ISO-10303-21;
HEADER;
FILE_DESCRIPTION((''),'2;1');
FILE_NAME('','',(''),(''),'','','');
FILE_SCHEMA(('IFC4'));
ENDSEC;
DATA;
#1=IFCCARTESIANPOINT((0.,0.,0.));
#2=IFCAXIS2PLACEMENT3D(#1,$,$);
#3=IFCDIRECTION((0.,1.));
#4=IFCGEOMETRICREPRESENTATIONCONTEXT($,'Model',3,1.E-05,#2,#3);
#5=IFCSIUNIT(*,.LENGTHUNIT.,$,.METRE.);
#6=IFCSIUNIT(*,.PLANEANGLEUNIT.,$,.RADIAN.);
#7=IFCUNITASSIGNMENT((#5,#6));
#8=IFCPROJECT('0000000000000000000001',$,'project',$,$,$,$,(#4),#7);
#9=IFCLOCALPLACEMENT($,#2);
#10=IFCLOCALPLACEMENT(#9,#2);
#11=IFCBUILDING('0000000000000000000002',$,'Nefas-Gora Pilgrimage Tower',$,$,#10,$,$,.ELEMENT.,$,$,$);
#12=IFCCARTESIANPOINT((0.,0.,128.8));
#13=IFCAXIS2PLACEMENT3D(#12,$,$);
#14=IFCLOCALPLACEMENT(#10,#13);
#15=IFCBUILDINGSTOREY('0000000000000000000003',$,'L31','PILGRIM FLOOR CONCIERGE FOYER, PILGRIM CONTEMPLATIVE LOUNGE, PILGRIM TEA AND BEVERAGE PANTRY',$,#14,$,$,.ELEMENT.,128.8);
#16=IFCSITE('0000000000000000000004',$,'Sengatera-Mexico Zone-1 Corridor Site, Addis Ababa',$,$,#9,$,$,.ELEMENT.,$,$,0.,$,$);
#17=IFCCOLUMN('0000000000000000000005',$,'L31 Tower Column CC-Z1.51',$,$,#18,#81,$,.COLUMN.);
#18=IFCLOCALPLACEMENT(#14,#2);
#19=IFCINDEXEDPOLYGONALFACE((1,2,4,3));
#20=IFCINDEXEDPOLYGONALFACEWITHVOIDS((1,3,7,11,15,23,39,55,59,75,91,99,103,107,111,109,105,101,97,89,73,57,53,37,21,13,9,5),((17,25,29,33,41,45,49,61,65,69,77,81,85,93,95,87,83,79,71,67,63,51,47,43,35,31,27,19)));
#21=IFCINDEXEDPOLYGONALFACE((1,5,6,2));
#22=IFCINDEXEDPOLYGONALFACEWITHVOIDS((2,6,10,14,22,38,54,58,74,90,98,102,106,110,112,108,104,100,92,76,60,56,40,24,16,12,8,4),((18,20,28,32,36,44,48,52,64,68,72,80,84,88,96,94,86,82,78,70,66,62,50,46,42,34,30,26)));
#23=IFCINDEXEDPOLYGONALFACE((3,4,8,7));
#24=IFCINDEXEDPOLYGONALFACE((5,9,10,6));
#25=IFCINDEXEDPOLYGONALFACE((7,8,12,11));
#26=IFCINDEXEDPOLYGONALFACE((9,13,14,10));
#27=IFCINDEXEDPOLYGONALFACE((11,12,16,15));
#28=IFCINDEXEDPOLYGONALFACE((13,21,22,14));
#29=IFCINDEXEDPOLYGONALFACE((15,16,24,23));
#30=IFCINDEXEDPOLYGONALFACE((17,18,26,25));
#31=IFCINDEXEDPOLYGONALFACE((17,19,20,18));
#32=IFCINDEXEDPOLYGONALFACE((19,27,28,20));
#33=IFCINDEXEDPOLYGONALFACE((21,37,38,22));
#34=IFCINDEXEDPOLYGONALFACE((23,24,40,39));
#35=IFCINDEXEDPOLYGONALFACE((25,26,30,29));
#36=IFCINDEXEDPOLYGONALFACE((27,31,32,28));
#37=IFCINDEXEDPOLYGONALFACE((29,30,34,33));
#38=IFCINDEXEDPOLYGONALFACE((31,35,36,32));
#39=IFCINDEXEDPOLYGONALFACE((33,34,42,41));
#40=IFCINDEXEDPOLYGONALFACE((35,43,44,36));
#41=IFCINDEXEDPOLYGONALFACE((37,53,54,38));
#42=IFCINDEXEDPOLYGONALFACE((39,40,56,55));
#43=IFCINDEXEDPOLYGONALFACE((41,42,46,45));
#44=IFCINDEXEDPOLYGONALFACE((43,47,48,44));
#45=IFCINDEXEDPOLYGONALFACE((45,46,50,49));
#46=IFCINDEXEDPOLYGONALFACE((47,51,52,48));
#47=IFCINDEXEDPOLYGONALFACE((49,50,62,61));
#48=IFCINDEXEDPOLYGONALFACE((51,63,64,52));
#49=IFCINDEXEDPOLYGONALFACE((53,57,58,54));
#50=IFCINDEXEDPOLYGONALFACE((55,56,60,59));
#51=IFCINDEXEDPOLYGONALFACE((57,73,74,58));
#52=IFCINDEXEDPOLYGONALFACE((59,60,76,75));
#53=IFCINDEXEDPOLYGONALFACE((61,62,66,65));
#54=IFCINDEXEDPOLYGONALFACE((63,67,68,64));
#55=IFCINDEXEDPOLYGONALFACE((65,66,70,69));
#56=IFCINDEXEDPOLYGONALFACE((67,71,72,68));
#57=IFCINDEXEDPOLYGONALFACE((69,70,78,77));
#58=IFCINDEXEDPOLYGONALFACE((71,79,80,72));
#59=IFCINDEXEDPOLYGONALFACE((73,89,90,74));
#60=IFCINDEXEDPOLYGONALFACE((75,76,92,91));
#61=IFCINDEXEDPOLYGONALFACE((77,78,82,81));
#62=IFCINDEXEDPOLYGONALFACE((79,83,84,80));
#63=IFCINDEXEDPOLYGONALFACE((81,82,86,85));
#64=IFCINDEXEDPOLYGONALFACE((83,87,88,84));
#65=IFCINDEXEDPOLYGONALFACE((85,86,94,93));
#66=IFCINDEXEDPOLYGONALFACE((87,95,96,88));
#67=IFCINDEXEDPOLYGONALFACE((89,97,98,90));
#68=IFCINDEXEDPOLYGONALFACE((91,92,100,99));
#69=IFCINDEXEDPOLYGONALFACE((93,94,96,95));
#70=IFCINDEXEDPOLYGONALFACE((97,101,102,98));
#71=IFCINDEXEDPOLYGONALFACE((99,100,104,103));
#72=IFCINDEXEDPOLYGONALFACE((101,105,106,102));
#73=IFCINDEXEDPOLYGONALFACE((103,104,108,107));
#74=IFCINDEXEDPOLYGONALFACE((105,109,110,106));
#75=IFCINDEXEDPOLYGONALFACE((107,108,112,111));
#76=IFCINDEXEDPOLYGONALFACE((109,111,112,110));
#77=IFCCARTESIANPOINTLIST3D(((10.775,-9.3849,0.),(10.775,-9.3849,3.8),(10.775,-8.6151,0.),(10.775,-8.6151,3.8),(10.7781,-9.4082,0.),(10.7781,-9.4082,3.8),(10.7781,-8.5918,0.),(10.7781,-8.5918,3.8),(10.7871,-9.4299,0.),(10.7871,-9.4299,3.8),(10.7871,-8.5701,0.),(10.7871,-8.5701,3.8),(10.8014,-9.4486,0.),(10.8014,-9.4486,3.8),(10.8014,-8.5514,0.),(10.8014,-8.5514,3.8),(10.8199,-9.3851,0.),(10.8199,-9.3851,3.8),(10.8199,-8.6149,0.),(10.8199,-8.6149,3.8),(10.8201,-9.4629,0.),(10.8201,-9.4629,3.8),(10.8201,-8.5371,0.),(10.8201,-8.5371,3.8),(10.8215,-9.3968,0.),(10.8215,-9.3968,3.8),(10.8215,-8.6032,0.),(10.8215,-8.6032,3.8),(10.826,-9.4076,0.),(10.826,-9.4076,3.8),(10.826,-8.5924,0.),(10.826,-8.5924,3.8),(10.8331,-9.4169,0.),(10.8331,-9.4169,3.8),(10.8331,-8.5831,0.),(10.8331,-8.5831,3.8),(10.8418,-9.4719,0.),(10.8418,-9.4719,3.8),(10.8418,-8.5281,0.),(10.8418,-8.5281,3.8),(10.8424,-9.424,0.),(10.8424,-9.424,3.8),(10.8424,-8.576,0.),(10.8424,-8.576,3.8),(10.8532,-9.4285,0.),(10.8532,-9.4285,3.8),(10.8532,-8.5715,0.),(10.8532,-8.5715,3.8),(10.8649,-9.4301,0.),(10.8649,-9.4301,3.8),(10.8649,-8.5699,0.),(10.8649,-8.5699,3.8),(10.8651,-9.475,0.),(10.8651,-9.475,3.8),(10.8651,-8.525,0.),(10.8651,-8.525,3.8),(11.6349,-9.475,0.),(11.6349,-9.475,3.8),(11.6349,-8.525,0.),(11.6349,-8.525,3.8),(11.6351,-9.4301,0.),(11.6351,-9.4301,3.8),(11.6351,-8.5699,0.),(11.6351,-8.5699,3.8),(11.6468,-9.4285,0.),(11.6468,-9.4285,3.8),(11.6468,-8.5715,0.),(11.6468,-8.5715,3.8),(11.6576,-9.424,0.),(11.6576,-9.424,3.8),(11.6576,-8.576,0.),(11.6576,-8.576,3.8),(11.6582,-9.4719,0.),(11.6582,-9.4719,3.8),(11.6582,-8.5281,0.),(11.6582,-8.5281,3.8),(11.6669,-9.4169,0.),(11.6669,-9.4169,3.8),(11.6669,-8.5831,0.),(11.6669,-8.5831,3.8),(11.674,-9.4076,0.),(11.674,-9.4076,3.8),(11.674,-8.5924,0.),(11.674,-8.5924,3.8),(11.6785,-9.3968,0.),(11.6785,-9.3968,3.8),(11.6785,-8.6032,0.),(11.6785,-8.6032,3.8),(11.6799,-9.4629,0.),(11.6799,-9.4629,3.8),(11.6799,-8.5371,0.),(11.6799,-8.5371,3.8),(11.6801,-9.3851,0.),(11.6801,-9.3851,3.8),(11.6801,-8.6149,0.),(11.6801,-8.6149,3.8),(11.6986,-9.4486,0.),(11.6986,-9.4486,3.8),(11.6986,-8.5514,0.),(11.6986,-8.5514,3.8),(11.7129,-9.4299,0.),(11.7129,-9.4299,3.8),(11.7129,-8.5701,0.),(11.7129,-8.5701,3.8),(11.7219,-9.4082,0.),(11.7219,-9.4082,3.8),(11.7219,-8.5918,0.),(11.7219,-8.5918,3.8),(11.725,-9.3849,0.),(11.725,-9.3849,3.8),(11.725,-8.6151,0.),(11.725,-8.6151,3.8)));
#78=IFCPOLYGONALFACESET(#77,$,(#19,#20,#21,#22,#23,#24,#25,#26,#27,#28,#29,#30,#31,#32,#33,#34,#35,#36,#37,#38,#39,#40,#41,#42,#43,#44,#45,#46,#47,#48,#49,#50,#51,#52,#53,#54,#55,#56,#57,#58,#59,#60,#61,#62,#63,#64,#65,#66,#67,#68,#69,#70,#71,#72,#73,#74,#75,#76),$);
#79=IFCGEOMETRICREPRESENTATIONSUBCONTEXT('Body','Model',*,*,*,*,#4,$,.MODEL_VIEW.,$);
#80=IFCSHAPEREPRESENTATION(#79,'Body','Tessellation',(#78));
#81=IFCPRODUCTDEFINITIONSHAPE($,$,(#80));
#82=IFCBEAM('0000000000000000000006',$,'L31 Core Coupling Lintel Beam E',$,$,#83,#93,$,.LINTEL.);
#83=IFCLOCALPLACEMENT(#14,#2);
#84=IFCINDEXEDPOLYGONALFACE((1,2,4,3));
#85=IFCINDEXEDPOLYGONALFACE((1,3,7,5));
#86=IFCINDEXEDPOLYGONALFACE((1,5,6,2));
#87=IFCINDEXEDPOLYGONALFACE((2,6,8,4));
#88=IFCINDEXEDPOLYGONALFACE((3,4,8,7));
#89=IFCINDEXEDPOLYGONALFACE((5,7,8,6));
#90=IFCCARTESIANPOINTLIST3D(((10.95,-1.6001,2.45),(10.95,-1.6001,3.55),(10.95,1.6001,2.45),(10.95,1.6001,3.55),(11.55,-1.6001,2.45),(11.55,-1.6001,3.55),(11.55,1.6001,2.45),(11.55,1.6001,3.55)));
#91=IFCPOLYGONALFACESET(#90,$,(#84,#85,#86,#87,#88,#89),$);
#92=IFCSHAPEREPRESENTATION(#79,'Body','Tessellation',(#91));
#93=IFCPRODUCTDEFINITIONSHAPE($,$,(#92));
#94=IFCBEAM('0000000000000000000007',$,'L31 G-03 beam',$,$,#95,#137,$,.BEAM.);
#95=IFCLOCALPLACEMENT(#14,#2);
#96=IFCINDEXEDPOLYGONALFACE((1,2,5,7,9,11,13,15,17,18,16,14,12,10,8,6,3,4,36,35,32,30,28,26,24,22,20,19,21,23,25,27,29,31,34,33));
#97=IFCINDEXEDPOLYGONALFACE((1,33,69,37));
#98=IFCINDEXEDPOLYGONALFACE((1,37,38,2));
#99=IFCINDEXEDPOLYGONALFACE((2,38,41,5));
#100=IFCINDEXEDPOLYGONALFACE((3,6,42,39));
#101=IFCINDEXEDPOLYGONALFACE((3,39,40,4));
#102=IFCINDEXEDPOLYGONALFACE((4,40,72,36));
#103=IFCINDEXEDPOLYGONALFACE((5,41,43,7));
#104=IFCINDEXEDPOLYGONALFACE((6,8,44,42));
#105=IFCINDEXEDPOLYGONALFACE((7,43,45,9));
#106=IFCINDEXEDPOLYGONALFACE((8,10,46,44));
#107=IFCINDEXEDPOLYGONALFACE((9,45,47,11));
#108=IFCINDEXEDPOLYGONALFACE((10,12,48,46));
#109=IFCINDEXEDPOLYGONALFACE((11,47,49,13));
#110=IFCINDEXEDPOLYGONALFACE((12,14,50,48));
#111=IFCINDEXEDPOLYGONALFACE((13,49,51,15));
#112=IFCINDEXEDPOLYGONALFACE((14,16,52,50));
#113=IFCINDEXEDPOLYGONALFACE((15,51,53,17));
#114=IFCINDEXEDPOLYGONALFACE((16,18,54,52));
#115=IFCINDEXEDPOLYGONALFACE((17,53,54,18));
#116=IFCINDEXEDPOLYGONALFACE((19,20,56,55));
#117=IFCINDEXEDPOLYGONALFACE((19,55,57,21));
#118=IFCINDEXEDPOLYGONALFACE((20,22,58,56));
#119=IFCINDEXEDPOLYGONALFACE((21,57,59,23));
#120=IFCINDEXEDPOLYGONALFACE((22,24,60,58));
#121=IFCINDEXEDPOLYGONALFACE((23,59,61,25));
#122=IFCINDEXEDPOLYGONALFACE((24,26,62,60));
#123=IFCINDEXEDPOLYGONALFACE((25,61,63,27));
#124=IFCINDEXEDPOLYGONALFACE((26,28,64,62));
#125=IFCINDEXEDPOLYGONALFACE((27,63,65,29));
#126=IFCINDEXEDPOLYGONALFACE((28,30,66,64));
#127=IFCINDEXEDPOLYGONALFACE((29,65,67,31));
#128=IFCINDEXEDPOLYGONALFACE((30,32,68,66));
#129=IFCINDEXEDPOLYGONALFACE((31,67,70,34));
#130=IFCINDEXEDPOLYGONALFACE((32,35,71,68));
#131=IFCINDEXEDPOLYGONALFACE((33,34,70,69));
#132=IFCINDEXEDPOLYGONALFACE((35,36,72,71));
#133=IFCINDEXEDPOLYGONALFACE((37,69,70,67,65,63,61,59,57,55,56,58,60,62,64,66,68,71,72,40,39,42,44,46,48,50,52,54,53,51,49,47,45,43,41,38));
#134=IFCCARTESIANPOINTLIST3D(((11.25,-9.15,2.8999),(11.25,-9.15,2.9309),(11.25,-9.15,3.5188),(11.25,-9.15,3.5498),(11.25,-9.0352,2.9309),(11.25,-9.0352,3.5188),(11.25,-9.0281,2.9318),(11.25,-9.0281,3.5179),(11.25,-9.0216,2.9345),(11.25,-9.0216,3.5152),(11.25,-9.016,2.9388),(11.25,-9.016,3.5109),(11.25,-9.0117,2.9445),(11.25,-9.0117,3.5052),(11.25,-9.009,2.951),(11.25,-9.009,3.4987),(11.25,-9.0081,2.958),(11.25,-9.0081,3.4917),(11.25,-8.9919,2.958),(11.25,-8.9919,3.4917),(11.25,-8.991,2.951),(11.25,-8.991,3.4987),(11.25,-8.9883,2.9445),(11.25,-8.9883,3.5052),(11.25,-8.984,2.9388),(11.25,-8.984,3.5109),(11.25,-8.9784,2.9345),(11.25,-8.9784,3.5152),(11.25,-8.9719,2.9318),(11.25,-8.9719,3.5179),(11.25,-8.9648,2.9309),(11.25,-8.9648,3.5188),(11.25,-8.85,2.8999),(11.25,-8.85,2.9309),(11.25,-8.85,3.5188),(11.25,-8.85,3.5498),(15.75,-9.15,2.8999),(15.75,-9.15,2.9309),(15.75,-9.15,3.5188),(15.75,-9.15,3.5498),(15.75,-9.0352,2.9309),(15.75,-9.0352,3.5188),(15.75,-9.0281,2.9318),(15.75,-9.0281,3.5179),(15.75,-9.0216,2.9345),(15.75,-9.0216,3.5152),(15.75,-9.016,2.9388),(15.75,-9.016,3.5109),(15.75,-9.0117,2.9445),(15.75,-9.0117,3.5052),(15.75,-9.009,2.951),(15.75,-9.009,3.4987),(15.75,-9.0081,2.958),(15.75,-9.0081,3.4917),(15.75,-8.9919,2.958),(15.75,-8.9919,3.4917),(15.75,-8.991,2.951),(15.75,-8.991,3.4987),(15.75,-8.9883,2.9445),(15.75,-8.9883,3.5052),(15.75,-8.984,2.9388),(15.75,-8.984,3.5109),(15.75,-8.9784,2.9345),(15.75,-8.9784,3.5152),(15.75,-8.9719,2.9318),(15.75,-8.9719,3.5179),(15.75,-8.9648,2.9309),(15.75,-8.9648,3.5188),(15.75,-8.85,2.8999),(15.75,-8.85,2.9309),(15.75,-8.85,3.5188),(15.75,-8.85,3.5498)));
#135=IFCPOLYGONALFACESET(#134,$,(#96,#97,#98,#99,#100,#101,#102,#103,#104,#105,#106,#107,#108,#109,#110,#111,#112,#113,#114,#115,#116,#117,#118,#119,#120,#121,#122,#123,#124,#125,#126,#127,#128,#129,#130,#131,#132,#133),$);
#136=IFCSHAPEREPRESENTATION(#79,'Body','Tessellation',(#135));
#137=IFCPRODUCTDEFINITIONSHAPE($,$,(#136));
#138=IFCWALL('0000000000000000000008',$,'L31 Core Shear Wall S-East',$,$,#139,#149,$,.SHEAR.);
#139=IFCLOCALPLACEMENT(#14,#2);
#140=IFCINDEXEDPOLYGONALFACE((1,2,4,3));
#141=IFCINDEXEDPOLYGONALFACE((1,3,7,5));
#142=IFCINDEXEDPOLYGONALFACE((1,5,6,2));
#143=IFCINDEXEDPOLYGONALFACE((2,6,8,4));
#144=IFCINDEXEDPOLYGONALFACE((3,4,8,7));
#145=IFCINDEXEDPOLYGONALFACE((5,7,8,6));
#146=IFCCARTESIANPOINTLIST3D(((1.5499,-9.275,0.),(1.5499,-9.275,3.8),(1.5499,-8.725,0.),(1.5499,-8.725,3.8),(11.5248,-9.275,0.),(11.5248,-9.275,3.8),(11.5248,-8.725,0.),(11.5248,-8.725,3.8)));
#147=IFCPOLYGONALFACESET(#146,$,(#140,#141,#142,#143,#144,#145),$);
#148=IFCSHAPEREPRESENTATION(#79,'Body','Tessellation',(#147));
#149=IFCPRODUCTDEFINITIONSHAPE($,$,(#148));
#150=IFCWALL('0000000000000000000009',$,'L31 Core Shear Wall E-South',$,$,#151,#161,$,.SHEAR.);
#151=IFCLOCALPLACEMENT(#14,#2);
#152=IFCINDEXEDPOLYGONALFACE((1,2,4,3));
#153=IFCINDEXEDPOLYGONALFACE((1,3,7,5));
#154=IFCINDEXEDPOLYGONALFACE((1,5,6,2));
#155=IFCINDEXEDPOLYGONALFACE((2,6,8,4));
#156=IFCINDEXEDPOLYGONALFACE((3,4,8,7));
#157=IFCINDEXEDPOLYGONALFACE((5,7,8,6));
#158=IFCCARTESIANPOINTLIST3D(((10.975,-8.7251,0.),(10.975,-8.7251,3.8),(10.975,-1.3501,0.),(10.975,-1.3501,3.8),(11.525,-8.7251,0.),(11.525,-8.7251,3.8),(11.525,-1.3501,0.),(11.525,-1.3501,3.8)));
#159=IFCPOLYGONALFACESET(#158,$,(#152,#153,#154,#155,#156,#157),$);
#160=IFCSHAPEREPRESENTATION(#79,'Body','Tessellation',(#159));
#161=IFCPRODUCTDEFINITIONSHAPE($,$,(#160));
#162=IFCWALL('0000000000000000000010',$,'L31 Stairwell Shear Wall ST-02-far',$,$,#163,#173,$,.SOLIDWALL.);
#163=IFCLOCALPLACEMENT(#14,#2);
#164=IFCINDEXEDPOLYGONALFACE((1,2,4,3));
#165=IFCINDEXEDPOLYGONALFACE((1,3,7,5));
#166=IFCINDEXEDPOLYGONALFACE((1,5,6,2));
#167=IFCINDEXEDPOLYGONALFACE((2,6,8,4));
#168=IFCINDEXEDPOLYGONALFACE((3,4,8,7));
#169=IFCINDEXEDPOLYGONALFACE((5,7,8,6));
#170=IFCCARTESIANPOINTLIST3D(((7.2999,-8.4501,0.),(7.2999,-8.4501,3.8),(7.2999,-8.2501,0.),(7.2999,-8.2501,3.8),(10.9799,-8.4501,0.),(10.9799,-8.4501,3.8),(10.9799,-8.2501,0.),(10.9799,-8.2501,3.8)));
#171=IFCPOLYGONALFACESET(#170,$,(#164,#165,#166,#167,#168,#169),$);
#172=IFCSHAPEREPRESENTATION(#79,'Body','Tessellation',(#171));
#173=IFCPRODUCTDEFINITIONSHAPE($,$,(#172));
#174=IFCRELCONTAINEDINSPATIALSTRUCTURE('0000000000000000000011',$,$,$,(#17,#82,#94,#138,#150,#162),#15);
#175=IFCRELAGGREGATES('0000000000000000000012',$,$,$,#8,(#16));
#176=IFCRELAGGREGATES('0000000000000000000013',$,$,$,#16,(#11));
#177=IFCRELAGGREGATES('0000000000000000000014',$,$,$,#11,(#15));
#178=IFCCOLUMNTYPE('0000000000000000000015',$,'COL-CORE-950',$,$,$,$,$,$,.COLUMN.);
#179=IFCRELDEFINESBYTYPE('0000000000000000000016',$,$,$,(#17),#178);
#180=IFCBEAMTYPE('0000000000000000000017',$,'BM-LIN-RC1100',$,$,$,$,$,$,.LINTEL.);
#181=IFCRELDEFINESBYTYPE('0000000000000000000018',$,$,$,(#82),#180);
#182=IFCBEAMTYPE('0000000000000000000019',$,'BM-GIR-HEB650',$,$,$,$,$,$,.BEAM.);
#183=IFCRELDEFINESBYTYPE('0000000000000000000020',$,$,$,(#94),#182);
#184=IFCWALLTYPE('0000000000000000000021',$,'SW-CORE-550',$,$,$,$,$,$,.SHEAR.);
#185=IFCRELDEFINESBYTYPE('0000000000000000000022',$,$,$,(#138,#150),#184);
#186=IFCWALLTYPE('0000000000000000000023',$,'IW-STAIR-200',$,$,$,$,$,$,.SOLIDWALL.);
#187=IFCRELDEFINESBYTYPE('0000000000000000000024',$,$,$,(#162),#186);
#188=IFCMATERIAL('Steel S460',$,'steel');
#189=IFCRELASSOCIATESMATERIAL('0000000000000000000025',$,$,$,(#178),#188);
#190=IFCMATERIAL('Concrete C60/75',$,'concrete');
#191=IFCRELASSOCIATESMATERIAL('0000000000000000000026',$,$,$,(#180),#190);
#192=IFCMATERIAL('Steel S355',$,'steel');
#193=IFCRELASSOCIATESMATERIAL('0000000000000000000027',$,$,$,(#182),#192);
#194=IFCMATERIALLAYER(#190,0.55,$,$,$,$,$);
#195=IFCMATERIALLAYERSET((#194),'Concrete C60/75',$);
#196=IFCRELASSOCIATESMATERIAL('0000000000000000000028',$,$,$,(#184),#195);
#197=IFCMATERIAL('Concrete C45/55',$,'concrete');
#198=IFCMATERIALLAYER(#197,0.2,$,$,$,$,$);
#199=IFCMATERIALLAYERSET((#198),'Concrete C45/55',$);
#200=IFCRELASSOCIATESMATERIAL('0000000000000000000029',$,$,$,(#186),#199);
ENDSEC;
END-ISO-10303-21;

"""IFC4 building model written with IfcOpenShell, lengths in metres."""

from ifc_helpers import new_model, si_unit, direction, frame, frame_2d, origin, origin_2d, place, context, subcontext, project, spatial, rectangle, hollow_rectangle, i_section, extrude, source, transform, mapped, material, layer, layer_set, material_profile, profile_set, type_object, element, save


model = new_model("IFC4")

# Units and contexts
model_context = context("Model", 3, precision=1e-05, world=origin(), true_north=direction((0.0, 1.0)))
body_context = subcontext(model_context, "Body", "Model", "MODEL_VIEW")
ifc_project = project(units=[si_unit("LENGTHUNIT", "METRE"), si_unit("PLANEANGLEUNIT", "RADIAN")], contexts=[model_context])

# Site, building, storey
site_placement = place(None, origin())
site = spatial("IfcSite", under=ifc_project, at=site_placement, Name="Sengatera-Mexico Zone-1 Corridor Site, Addis Ababa", CompositionType="ELEMENT", RefElevation=0.0)
building_placement = place(site_placement, origin())
building = spatial("IfcBuilding", under=site, at=building_placement, Name="Nefas-Gora Pilgrimage Tower", CompositionType="ELEMENT")
storey_placement = place(building_placement, frame((0.0, 0.0, 128.8)))
storey = spatial("IfcBuildingStorey", under=building, at=storey_placement, Name="L31", Description="PILGRIM FLOOR CONCIERGE FOYER, PILGRIM CONTEMPLATIVE LOUNGE, PILGRIM TEA AND BEVERAGE PANTRY", CompositionType="ELEMENT", Elevation=128.8)

# Column
ifc_material_1 = material(Name="Steel S460", Category="steel")
ifc_material_profile_1 = material_profile(ifc_material_1, hollow_rectangle(XDim=0.95, YDim=0.95, WallThickness=0.0449, InnerFilletRadius=0.0449, OuterFilletRadius=0.0901, at=origin_2d()), Name="BOX 950x950x45")
ifc_profile_set_1 = profile_set([ifc_material_profile_1], Name="Steel S460")
column_type = type_object("IfcColumnType", Name="COL-CORE-950", PredefinedType="COLUMN", material=ifc_profile_set_1)
shared_shape_1 = source(origin(), body_context, "Body", "SweptSolid", [
    extrude(hollow_rectangle(XDim=0.95, YDim=0.95, WallThickness=0.0449, InnerFilletRadius=0.0449, OuterFilletRadius=0.0901, at=origin_2d()), origin(), (0.0, 0.0, 1.0), 3.8),
])
column_placement = place(storey_placement, frame((11.25, -9.0, 0.0), z_axis=(0.0, 0.0, 1.0), x_axis=(1.0, 0.0, 0.0)))
element("IfcColumn", 1, at=column_placement, inside=storey, type_object=column_type, Name="L31 Tower Column CC-Z1.51", PredefinedType="COLUMN", context=body_context, shape_type="MappedRepresentation", body=[
    mapped(shared_shape_1, transform((0.0, 0.0, 0.0), x_axis=(1.0, 0.0, 0.0), y_axis=(0.0, 1.0, 0.0), z_axis=(0.0, 0.0, 1.0), scale=1.0)),
])

# Beams
ifc_material_2 = material(Name="Concrete C60/75", Category="concrete")
ifc_material_profile_2 = material_profile(ifc_material_2, rectangle(XDim=0.6001, YDim=1.1001, at=origin_2d()), Name="RC 600x1100")
ifc_profile_set_2 = profile_set([ifc_material_profile_2], Name="Concrete C60/75")
beam_type_1 = type_object("IfcBeamType", Name="BM-LIN-RC1100", PredefinedType="LINTEL", material=ifc_profile_set_2)
shared_shape_2 = source(origin(), body_context, "Body", "SweptSolid", [
    extrude(rectangle(XDim=0.6001, YDim=1.1001, at=origin_2d()), origin(), (0.0, 0.0, 1.0), 3.2002),
])
beam_1_placement = place(storey_placement, frame((11.25, -1.6001, 3.0), z_axis=(0.0, 1.0, 0.0), x_axis=(-1.0, 0.0, 0.0)))
element("IfcBeam", 2, at=beam_1_placement, inside=storey, type_object=beam_type_1, Name="L31 Core Coupling Lintel Beam E", PredefinedType="LINTEL", context=body_context, shape_type="MappedRepresentation", body=[
    mapped(shared_shape_2, transform((0.0, 0.0, 0.0), x_axis=(1.0, 0.0, 0.0), y_axis=(0.0, 1.0, 0.0), z_axis=(0.0, 0.0, 1.0), scale=1.0)),
])
ifc_material_3 = material(Name="Steel S355", Category="steel")
ifc_material_profile_3 = material_profile(ifc_material_3, i_section(OverallWidth=0.3, OverallDepth=0.6499, WebThickness=0.0161, FlangeThickness=0.031, FilletRadius=0.0271, at=origin_2d()), Name="HEB 650")
ifc_profile_set_3 = profile_set([ifc_material_profile_3], Name="Steel S355")
beam_type_2 = type_object("IfcBeamType", Name="BM-GIR-HEB650", PredefinedType="BEAM", material=ifc_profile_set_3)
shared_shape_3 = source(origin(), body_context, "Body", "SweptSolid", [
    extrude(i_section(OverallWidth=0.3, OverallDepth=0.6499, WebThickness=0.0161, FlangeThickness=0.031, FilletRadius=0.0271, at=origin_2d()), origin(), (0.0, 0.0, 1.0), 4.5),
])
beam_2_placement = place(storey_placement, frame((11.25, -9.0, 3.2249), z_axis=(1.0, 0.0, 0.0), x_axis=(0.0, 1.0, 0.0)))
element("IfcBeam", 3, at=beam_2_placement, inside=storey, type_object=beam_type_2, Name="L31 G-03 beam", PredefinedType="BEAM", context=body_context, shape_type="MappedRepresentation", body=[
    mapped(shared_shape_3, transform((0.0, 0.0, 0.0), x_axis=(1.0, 0.0, 0.0), y_axis=(0.0, 1.0, 0.0), z_axis=(0.0, 0.0, 1.0), scale=1.0)),
])

# Walls
ifc_layer_1 = layer(ifc_material_2, 0.55)
ifc_layer_set_1 = layer_set([ifc_layer_1], Name="Concrete C60/75")
wall_type_1 = type_object("IfcWallType", Name="SW-CORE-550", PredefinedType="SHEAR", material=ifc_layer_set_1)
shared_shape_4 = source(origin(), body_context, "Body", "SweptSolid", [
    extrude(rectangle(XDim=9.9749, YDim=0.55, at=frame_2d((4.9873, 0.0))), origin(), (0.0, 0.0, 1.0), 3.8),
])
wall_1_placement = place(storey_placement, frame((1.55, -9.0, 0.0), z_axis=(0.0, 0.0, 1.0), x_axis=(1.0, 0.0, 0.0)))
element("IfcWall", 4, at=wall_1_placement, inside=storey, type_object=wall_type_1, Name="L31 Core Shear Wall S-East", PredefinedType="SHEAR", context=body_context, shape_type="MappedRepresentation", body=[
    mapped(shared_shape_4, transform((0.0, 0.0, 0.0), x_axis=(1.0, 0.0, 0.0), y_axis=(0.0, 1.0, 0.0), z_axis=(0.0, 0.0, 1.0), scale=1.0)),
])
shared_shape_5 = source(origin(), body_context, "Body", "SweptSolid", [
    extrude(rectangle(XDim=7.375, YDim=0.55, at=frame_2d((3.6875, 0.0))), origin(), (0.0, 0.0, 1.0), 3.8),
])
wall_2_placement = place(storey_placement, frame((11.25, -8.7251, 0.0), z_axis=(0.0, 0.0, 1.0), x_axis=(0.0, 1.0, 0.0)))
element("IfcWall", 5, at=wall_2_placement, inside=storey, type_object=wall_type_1, Name="L31 Core Shear Wall E-South", PredefinedType="SHEAR", context=body_context, shape_type="MappedRepresentation", body=[
    mapped(shared_shape_5, transform((0.0, 0.0, 0.0), x_axis=(1.0, 0.0, 0.0), y_axis=(0.0, 1.0, 0.0), z_axis=(0.0, 0.0, 1.0), scale=1.0)),
])
ifc_material_4 = material(Name="Concrete C45/55", Category="concrete")
ifc_layer_2 = layer(ifc_material_4, 0.2)
ifc_layer_set_2 = layer_set([ifc_layer_2], Name="Concrete C45/55")
wall_type_2 = type_object("IfcWallType", Name="IW-STAIR-200", PredefinedType="SOLIDWALL", material=ifc_layer_set_2)
shared_shape_6 = source(origin(), body_context, "Body", "SweptSolid", [
    extrude(rectangle(XDim=3.6799, YDim=0.2, at=frame_2d((1.8398, 0.0))), origin(), (0.0, 0.0, 1.0), 3.8),
])
wall_3_placement = place(storey_placement, frame((7.3, -8.3501, 0.0), z_axis=(0.0, 0.0, 1.0), x_axis=(1.0, 0.0, 0.0)))
element("IfcWall", 6, at=wall_3_placement, inside=storey, type_object=wall_type_2, Name="L31 Stairwell Shear Wall ST-02-far", PredefinedType="SOLIDWALL", context=body_context, shape_type="MappedRepresentation", body=[
    mapped(shared_shape_6, transform((0.0, 0.0, 0.0), x_axis=(1.0, 0.0, 0.0), y_axis=(0.0, 1.0, 0.0), z_axis=(0.0, 0.0, 1.0), scale=1.0)),
])

save(model, "model.ifc")
